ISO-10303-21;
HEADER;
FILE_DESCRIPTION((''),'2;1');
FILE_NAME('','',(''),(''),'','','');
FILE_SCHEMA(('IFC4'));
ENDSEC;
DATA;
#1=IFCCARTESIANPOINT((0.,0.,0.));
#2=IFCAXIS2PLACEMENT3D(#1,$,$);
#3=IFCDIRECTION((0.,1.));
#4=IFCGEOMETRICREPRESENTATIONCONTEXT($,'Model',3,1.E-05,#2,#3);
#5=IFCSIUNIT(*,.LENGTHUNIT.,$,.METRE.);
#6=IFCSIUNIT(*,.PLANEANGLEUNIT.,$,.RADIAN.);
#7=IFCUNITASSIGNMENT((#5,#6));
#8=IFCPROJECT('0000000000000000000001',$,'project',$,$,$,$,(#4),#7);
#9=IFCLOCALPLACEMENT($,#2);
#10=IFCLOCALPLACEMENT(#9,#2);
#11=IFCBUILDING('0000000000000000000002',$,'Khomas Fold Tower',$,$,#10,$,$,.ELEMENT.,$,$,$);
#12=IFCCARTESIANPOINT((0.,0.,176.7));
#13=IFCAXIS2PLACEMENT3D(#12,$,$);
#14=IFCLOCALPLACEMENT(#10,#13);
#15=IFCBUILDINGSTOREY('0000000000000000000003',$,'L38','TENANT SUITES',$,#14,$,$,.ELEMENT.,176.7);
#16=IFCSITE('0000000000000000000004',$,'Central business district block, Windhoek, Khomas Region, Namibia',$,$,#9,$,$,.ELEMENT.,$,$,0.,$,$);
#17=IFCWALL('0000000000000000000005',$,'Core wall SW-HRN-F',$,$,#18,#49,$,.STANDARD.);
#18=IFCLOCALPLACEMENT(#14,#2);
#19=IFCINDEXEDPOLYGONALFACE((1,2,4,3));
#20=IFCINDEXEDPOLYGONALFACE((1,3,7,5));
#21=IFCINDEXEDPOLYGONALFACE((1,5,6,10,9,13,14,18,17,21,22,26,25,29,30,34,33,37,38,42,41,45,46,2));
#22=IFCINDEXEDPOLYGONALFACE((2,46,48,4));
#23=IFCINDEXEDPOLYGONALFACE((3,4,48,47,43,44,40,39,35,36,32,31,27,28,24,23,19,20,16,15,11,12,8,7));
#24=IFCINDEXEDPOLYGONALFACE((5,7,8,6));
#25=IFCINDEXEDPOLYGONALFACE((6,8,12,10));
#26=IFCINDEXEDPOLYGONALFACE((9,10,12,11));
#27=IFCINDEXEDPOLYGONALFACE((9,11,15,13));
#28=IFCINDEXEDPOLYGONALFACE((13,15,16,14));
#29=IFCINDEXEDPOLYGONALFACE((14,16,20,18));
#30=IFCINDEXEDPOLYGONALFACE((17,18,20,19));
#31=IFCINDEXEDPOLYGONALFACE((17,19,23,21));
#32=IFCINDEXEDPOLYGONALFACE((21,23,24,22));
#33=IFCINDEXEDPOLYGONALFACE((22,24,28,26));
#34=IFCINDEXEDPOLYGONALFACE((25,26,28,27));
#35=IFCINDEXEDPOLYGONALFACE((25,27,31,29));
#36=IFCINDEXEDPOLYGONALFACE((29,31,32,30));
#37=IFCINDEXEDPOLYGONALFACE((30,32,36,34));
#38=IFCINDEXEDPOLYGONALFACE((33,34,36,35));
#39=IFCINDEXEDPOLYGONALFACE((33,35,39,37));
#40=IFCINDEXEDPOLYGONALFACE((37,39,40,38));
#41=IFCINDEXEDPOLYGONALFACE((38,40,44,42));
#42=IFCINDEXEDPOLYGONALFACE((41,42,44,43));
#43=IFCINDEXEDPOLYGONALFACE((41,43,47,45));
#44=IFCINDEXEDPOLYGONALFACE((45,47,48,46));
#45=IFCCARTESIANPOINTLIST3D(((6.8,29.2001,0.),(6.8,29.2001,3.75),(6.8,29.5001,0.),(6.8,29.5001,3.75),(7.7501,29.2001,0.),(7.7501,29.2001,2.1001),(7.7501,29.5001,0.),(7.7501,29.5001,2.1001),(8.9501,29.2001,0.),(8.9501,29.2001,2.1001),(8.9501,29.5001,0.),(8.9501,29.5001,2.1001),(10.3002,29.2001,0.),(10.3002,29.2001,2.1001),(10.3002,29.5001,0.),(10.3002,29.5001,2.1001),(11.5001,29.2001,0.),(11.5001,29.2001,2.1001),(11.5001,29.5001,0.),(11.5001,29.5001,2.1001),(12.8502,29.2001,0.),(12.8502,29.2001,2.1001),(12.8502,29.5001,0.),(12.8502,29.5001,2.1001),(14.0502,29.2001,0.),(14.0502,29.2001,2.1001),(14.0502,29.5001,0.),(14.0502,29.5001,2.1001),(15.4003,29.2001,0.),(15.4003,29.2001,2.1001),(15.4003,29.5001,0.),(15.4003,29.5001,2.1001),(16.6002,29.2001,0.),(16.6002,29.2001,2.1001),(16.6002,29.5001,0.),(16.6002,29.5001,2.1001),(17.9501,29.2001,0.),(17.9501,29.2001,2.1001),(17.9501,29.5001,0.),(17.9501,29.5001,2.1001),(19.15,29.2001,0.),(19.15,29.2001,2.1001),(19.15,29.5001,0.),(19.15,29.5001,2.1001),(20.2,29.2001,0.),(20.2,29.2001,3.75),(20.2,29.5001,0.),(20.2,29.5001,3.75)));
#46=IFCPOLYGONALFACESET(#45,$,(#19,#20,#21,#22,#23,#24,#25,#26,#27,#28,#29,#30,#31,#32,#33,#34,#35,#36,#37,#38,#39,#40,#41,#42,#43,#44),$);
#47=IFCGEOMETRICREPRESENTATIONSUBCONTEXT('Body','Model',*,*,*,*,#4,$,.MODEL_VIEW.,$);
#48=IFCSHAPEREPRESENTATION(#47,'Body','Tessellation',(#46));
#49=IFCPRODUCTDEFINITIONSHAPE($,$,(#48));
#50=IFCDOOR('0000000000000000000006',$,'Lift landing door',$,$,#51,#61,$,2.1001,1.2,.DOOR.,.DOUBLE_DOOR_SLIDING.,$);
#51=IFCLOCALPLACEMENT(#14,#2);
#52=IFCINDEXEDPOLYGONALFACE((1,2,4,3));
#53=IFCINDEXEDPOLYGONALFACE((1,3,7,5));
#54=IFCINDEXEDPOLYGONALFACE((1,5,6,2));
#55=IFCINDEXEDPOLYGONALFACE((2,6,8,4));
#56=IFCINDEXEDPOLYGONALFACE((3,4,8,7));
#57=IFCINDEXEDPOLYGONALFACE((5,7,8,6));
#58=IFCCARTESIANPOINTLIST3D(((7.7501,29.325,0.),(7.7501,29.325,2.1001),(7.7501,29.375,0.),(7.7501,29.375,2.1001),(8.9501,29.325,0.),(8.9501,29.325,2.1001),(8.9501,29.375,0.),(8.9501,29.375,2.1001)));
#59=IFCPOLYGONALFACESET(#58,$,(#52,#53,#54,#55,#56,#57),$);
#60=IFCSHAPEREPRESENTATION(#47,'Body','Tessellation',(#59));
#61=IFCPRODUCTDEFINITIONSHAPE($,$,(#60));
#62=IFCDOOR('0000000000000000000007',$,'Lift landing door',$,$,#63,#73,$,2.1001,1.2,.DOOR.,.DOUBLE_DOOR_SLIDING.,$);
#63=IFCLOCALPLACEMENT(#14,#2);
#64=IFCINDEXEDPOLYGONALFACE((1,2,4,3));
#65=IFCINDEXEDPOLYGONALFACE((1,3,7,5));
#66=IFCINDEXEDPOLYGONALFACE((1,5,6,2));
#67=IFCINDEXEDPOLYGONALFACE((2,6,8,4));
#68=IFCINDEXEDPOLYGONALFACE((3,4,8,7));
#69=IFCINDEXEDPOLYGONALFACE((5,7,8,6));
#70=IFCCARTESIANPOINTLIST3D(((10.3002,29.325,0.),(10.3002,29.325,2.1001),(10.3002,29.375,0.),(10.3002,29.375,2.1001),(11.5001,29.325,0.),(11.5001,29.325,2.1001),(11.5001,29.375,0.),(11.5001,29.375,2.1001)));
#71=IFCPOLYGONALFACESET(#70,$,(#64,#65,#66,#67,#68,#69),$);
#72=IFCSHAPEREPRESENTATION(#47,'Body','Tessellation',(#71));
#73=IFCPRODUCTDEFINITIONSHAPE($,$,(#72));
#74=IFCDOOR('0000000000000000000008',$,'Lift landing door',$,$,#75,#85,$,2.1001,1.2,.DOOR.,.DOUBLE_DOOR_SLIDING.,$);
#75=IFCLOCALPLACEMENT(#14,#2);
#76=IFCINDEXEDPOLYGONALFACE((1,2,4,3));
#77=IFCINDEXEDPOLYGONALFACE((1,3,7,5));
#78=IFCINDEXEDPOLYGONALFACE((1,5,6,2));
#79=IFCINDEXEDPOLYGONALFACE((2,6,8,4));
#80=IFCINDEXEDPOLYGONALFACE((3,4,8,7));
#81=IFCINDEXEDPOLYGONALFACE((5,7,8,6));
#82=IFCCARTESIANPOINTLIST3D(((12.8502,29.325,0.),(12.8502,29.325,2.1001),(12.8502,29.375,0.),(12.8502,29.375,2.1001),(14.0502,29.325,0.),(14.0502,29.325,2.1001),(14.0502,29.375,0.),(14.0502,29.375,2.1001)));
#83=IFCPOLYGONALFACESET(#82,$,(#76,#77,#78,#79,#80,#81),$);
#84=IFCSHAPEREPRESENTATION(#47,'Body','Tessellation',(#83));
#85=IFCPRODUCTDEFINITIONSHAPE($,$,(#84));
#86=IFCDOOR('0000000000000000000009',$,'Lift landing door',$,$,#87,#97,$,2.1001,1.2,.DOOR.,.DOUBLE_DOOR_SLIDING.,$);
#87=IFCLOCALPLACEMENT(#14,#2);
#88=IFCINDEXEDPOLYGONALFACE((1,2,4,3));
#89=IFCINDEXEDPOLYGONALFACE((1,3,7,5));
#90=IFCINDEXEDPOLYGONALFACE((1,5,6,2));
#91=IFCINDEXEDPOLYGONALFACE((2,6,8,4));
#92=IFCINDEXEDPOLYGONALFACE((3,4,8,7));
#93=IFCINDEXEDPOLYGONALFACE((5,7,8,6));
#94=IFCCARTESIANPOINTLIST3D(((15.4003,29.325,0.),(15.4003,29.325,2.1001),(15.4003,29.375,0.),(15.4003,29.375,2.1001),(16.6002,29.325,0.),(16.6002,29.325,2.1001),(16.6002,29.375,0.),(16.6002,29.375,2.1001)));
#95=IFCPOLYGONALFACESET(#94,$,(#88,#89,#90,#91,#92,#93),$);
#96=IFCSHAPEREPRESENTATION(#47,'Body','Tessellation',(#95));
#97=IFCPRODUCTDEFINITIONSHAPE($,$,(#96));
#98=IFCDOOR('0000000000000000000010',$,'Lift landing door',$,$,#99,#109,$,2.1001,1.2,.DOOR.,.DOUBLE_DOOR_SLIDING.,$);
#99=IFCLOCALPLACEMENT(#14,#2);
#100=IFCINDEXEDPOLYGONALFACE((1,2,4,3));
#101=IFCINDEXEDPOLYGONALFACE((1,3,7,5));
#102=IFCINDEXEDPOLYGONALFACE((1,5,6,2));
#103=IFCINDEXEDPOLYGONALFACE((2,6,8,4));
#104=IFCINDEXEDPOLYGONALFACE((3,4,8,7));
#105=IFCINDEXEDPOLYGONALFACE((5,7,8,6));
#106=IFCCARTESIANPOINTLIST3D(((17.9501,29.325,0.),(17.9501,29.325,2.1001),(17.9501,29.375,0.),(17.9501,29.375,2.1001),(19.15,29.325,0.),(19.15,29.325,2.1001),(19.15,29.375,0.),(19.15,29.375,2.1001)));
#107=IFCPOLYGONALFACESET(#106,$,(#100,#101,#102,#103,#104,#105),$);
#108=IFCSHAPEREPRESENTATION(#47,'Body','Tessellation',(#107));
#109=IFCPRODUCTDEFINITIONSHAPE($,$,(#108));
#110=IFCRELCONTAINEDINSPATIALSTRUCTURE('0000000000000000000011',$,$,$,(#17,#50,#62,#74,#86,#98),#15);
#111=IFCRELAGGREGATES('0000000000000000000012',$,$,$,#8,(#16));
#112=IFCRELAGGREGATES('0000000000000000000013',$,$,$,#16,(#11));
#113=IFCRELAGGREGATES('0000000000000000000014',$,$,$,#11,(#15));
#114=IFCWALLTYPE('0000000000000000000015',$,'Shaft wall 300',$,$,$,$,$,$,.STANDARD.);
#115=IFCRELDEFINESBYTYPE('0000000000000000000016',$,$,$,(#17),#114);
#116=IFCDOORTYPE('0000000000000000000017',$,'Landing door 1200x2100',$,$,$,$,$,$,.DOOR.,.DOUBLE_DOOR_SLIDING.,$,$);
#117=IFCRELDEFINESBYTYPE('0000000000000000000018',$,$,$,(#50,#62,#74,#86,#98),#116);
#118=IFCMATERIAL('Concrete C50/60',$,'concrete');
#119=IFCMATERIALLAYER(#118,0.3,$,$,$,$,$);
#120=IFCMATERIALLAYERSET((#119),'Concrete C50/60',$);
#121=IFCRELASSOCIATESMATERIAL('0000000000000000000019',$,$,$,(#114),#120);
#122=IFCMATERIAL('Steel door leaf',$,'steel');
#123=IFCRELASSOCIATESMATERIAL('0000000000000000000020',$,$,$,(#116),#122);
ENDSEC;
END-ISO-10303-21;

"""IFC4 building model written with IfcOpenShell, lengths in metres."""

from ifc_helpers import new_model, si_unit, direction, frame, frame_2d, origin, place, context, subcontext, project, spatial, rectangle, extrude, source, transform, mapped, material, layer, layer_set, type_object, element, fill, save


model = new_model("IFC4")

# Units and contexts
model_context = context("Model", 3, precision=1e-05, world=origin(), true_north=direction((0.0, 1.0)))
body_context = subcontext(model_context, "Body", "Model", "MODEL_VIEW")
ifc_project = project(units=[si_unit("LENGTHUNIT", "METRE"), si_unit("PLANEANGLEUNIT", "RADIAN")], contexts=[model_context])

# Site, building, storey
site_placement = place(None, origin())
site = spatial("IfcSite", under=ifc_project, at=site_placement, Name="Central business district block, Windhoek, Khomas Region, Namibia", CompositionType="ELEMENT", RefElevation=0.0)
building_placement = place(site_placement, origin())
building = spatial("IfcBuilding", under=site, at=building_placement, Name="Khomas Fold Tower", CompositionType="ELEMENT")
storey_placement = place(building_placement, frame((0.0, 0.0, 176.7)))
storey = spatial("IfcBuildingStorey", under=building, at=storey_placement, Name="L38", Description="TENANT SUITES", CompositionType="ELEMENT", Elevation=176.7)

# Wall, openings, doors
ifc_material_1 = material(Name="Concrete C50/60", Category="concrete")
ifc_layer_1 = layer(ifc_material_1, 0.3)
ifc_layer_set_1 = layer_set([ifc_layer_1], Name="Concrete C50/60")
wall_type_1 = type_object("IfcWallType", Name="Shaft wall 300", PredefinedType="STANDARD", material=ifc_layer_set_1)
shared_shape_1 = source(origin(), body_context, "Body", "SweptSolid", [
    extrude(rectangle(XDim=13.3999, YDim=0.3, at=frame_2d((6.7, 0.0))), origin(), (0.0, 0.0, 1.0), 3.75),
])
wall_1_placement = place(storey_placement, frame((6.8, 29.3501, 0.0), z_axis=(0.0, 0.0, 1.0), x_axis=(1.0, 0.0, 0.0)))
wall_1 = element("IfcWall", 1, at=wall_1_placement, inside=storey, type_object=wall_type_1, Name="Core wall SW-HRN-F", PredefinedType="STANDARD", context=body_context, shape_type="MappedRepresentation", body=[
    mapped(shared_shape_1, transform((0.0, 0.0, 0.0))),
])
shared_shape_2 = source(origin(), body_context, "Body", "SweptSolid", [
    extrude(rectangle(XDim=1.2, YDim=2.1001, at=frame_2d((0.6001, 1.05))), frame((0.0, 0.1599, 0.0), z_axis=(0.0, -1.0, 0.0), x_axis=(1.0, 0.0, 0.0)), (0.0, 0.0, 1.0), 0.3201),
])
opening_1_placement = place(wall_1_placement, frame((0.95, 0.0, 0.0)))
opening_1 = element("IfcOpeningElement", 2, at=opening_1_placement, cuts=wall_1, PredefinedType="OPENING", context=body_context, shape_type="MappedRepresentation", body=[
    mapped(shared_shape_2, transform((0.0, 0.0, 0.0))),
])
opening_2_placement = place(wall_1_placement, frame((3.5, 0.0, 0.0)))
opening_2 = element("IfcOpeningElement", 3, at=opening_2_placement, cuts=wall_1, PredefinedType="OPENING", context=body_context, shape_type="MappedRepresentation", body=[
    mapped(shared_shape_2, transform((0.0, 0.0, 0.0))),
])
opening_3_placement = place(wall_1_placement, frame((6.05, 0.0, 0.0)))
opening_3 = element("IfcOpeningElement", 4, at=opening_3_placement, cuts=wall_1, PredefinedType="OPENING", context=body_context, shape_type="MappedRepresentation", body=[
    mapped(shared_shape_2, transform((0.0, 0.0, 0.0))),
])
opening_4_placement = place(wall_1_placement, frame((8.6001, 0.0, 0.0)))
opening_4 = element("IfcOpeningElement", 5, at=opening_4_placement, cuts=wall_1, PredefinedType="OPENING", context=body_context, shape_type="MappedRepresentation", body=[
    mapped(shared_shape_2, transform((0.0, 0.0, 0.0))),
])
opening_5_placement = place(wall_1_placement, frame((11.1499, 0.0, 0.0)))
opening_5 = element("IfcOpeningElement", 6, at=opening_5_placement, cuts=wall_1, PredefinedType="OPENING", context=body_context, shape_type="MappedRepresentation", body=[
    mapped(shared_shape_2, transform((0.0, 0.0, 0.0))),
])
ifc_material_2 = material(Name="Steel door leaf", Category="steel")
door_type = type_object("IfcDoorType", Name="Landing door 1200x2100", OperationType="DOUBLE_DOOR_SLIDING", PredefinedType="DOOR", material=ifc_material_2)
shared_shape_3 = source(origin(), body_context, "Body", "SweptSolid", [
    extrude(rectangle(XDim=1.2, YDim=2.1001, at=frame_2d((0.6001, 1.05))), frame((0.0, 0.0249, 0.0), z_axis=(0.0, -1.0, 0.0), x_axis=(1.0, 0.0, 0.0)), (0.0, 0.0, 1.0), 0.05),
])
door_1_placement = place(opening_1_placement, origin())
door_1 = element("IfcDoor", 7, at=door_1_placement, inside=storey, type_object=door_type, Name="Lift landing door", OperationType="DOUBLE_DOOR_SLIDING", OverallHeight=2.1001, OverallWidth=1.2, PredefinedType="DOOR", context=body_context, shape_type="MappedRepresentation", body=[
    mapped(shared_shape_3, transform((0.0, 0.0, 0.0))),
])
fill(opening_1, door_1)
door_2_placement = place(opening_2_placement, origin())
door_2 = element("IfcDoor", 8, at=door_2_placement, inside=storey, type_object=door_type, Name="Lift landing door", OperationType="DOUBLE_DOOR_SLIDING", OverallHeight=2.1001, OverallWidth=1.2, PredefinedType="DOOR", context=body_context, shape_type="MappedRepresentation", body=[
    mapped(shared_shape_3, transform((0.0, 0.0, 0.0))),
])
fill(opening_2, door_2)
door_3_placement = place(opening_3_placement, origin())
door_3 = element("IfcDoor", 9, at=door_3_placement, inside=storey, type_object=door_type, Name="Lift landing door", OperationType="DOUBLE_DOOR_SLIDING", OverallHeight=2.1001, OverallWidth=1.2, PredefinedType="DOOR", context=body_context, shape_type="MappedRepresentation", body=[
    mapped(shared_shape_3, transform((0.0, 0.0, 0.0))),
])
fill(opening_3, door_3)
door_4_placement = place(opening_4_placement, origin())
door_4 = element("IfcDoor", 10, at=door_4_placement, inside=storey, type_object=door_type, Name="Lift landing door", OperationType="DOUBLE_DOOR_SLIDING", OverallHeight=2.1001, OverallWidth=1.2, PredefinedType="DOOR", context=body_context, shape_type="MappedRepresentation", body=[
    mapped(shared_shape_3, transform((0.0, 0.0, 0.0))),
])
fill(opening_4, door_4)
door_5_placement = place(opening_5_placement, origin())
door_5 = element("IfcDoor", 11, at=door_5_placement, inside=storey, type_object=door_type, Name="Lift landing door", OperationType="DOUBLE_DOOR_SLIDING", OverallHeight=2.1001, OverallWidth=1.2, PredefinedType="DOOR", context=body_context, shape_type="MappedRepresentation", body=[
    mapped(shared_shape_3, transform((0.0, 0.0, 0.0))),
])
fill(opening_5, door_5)

save(model, "model.ifc")
